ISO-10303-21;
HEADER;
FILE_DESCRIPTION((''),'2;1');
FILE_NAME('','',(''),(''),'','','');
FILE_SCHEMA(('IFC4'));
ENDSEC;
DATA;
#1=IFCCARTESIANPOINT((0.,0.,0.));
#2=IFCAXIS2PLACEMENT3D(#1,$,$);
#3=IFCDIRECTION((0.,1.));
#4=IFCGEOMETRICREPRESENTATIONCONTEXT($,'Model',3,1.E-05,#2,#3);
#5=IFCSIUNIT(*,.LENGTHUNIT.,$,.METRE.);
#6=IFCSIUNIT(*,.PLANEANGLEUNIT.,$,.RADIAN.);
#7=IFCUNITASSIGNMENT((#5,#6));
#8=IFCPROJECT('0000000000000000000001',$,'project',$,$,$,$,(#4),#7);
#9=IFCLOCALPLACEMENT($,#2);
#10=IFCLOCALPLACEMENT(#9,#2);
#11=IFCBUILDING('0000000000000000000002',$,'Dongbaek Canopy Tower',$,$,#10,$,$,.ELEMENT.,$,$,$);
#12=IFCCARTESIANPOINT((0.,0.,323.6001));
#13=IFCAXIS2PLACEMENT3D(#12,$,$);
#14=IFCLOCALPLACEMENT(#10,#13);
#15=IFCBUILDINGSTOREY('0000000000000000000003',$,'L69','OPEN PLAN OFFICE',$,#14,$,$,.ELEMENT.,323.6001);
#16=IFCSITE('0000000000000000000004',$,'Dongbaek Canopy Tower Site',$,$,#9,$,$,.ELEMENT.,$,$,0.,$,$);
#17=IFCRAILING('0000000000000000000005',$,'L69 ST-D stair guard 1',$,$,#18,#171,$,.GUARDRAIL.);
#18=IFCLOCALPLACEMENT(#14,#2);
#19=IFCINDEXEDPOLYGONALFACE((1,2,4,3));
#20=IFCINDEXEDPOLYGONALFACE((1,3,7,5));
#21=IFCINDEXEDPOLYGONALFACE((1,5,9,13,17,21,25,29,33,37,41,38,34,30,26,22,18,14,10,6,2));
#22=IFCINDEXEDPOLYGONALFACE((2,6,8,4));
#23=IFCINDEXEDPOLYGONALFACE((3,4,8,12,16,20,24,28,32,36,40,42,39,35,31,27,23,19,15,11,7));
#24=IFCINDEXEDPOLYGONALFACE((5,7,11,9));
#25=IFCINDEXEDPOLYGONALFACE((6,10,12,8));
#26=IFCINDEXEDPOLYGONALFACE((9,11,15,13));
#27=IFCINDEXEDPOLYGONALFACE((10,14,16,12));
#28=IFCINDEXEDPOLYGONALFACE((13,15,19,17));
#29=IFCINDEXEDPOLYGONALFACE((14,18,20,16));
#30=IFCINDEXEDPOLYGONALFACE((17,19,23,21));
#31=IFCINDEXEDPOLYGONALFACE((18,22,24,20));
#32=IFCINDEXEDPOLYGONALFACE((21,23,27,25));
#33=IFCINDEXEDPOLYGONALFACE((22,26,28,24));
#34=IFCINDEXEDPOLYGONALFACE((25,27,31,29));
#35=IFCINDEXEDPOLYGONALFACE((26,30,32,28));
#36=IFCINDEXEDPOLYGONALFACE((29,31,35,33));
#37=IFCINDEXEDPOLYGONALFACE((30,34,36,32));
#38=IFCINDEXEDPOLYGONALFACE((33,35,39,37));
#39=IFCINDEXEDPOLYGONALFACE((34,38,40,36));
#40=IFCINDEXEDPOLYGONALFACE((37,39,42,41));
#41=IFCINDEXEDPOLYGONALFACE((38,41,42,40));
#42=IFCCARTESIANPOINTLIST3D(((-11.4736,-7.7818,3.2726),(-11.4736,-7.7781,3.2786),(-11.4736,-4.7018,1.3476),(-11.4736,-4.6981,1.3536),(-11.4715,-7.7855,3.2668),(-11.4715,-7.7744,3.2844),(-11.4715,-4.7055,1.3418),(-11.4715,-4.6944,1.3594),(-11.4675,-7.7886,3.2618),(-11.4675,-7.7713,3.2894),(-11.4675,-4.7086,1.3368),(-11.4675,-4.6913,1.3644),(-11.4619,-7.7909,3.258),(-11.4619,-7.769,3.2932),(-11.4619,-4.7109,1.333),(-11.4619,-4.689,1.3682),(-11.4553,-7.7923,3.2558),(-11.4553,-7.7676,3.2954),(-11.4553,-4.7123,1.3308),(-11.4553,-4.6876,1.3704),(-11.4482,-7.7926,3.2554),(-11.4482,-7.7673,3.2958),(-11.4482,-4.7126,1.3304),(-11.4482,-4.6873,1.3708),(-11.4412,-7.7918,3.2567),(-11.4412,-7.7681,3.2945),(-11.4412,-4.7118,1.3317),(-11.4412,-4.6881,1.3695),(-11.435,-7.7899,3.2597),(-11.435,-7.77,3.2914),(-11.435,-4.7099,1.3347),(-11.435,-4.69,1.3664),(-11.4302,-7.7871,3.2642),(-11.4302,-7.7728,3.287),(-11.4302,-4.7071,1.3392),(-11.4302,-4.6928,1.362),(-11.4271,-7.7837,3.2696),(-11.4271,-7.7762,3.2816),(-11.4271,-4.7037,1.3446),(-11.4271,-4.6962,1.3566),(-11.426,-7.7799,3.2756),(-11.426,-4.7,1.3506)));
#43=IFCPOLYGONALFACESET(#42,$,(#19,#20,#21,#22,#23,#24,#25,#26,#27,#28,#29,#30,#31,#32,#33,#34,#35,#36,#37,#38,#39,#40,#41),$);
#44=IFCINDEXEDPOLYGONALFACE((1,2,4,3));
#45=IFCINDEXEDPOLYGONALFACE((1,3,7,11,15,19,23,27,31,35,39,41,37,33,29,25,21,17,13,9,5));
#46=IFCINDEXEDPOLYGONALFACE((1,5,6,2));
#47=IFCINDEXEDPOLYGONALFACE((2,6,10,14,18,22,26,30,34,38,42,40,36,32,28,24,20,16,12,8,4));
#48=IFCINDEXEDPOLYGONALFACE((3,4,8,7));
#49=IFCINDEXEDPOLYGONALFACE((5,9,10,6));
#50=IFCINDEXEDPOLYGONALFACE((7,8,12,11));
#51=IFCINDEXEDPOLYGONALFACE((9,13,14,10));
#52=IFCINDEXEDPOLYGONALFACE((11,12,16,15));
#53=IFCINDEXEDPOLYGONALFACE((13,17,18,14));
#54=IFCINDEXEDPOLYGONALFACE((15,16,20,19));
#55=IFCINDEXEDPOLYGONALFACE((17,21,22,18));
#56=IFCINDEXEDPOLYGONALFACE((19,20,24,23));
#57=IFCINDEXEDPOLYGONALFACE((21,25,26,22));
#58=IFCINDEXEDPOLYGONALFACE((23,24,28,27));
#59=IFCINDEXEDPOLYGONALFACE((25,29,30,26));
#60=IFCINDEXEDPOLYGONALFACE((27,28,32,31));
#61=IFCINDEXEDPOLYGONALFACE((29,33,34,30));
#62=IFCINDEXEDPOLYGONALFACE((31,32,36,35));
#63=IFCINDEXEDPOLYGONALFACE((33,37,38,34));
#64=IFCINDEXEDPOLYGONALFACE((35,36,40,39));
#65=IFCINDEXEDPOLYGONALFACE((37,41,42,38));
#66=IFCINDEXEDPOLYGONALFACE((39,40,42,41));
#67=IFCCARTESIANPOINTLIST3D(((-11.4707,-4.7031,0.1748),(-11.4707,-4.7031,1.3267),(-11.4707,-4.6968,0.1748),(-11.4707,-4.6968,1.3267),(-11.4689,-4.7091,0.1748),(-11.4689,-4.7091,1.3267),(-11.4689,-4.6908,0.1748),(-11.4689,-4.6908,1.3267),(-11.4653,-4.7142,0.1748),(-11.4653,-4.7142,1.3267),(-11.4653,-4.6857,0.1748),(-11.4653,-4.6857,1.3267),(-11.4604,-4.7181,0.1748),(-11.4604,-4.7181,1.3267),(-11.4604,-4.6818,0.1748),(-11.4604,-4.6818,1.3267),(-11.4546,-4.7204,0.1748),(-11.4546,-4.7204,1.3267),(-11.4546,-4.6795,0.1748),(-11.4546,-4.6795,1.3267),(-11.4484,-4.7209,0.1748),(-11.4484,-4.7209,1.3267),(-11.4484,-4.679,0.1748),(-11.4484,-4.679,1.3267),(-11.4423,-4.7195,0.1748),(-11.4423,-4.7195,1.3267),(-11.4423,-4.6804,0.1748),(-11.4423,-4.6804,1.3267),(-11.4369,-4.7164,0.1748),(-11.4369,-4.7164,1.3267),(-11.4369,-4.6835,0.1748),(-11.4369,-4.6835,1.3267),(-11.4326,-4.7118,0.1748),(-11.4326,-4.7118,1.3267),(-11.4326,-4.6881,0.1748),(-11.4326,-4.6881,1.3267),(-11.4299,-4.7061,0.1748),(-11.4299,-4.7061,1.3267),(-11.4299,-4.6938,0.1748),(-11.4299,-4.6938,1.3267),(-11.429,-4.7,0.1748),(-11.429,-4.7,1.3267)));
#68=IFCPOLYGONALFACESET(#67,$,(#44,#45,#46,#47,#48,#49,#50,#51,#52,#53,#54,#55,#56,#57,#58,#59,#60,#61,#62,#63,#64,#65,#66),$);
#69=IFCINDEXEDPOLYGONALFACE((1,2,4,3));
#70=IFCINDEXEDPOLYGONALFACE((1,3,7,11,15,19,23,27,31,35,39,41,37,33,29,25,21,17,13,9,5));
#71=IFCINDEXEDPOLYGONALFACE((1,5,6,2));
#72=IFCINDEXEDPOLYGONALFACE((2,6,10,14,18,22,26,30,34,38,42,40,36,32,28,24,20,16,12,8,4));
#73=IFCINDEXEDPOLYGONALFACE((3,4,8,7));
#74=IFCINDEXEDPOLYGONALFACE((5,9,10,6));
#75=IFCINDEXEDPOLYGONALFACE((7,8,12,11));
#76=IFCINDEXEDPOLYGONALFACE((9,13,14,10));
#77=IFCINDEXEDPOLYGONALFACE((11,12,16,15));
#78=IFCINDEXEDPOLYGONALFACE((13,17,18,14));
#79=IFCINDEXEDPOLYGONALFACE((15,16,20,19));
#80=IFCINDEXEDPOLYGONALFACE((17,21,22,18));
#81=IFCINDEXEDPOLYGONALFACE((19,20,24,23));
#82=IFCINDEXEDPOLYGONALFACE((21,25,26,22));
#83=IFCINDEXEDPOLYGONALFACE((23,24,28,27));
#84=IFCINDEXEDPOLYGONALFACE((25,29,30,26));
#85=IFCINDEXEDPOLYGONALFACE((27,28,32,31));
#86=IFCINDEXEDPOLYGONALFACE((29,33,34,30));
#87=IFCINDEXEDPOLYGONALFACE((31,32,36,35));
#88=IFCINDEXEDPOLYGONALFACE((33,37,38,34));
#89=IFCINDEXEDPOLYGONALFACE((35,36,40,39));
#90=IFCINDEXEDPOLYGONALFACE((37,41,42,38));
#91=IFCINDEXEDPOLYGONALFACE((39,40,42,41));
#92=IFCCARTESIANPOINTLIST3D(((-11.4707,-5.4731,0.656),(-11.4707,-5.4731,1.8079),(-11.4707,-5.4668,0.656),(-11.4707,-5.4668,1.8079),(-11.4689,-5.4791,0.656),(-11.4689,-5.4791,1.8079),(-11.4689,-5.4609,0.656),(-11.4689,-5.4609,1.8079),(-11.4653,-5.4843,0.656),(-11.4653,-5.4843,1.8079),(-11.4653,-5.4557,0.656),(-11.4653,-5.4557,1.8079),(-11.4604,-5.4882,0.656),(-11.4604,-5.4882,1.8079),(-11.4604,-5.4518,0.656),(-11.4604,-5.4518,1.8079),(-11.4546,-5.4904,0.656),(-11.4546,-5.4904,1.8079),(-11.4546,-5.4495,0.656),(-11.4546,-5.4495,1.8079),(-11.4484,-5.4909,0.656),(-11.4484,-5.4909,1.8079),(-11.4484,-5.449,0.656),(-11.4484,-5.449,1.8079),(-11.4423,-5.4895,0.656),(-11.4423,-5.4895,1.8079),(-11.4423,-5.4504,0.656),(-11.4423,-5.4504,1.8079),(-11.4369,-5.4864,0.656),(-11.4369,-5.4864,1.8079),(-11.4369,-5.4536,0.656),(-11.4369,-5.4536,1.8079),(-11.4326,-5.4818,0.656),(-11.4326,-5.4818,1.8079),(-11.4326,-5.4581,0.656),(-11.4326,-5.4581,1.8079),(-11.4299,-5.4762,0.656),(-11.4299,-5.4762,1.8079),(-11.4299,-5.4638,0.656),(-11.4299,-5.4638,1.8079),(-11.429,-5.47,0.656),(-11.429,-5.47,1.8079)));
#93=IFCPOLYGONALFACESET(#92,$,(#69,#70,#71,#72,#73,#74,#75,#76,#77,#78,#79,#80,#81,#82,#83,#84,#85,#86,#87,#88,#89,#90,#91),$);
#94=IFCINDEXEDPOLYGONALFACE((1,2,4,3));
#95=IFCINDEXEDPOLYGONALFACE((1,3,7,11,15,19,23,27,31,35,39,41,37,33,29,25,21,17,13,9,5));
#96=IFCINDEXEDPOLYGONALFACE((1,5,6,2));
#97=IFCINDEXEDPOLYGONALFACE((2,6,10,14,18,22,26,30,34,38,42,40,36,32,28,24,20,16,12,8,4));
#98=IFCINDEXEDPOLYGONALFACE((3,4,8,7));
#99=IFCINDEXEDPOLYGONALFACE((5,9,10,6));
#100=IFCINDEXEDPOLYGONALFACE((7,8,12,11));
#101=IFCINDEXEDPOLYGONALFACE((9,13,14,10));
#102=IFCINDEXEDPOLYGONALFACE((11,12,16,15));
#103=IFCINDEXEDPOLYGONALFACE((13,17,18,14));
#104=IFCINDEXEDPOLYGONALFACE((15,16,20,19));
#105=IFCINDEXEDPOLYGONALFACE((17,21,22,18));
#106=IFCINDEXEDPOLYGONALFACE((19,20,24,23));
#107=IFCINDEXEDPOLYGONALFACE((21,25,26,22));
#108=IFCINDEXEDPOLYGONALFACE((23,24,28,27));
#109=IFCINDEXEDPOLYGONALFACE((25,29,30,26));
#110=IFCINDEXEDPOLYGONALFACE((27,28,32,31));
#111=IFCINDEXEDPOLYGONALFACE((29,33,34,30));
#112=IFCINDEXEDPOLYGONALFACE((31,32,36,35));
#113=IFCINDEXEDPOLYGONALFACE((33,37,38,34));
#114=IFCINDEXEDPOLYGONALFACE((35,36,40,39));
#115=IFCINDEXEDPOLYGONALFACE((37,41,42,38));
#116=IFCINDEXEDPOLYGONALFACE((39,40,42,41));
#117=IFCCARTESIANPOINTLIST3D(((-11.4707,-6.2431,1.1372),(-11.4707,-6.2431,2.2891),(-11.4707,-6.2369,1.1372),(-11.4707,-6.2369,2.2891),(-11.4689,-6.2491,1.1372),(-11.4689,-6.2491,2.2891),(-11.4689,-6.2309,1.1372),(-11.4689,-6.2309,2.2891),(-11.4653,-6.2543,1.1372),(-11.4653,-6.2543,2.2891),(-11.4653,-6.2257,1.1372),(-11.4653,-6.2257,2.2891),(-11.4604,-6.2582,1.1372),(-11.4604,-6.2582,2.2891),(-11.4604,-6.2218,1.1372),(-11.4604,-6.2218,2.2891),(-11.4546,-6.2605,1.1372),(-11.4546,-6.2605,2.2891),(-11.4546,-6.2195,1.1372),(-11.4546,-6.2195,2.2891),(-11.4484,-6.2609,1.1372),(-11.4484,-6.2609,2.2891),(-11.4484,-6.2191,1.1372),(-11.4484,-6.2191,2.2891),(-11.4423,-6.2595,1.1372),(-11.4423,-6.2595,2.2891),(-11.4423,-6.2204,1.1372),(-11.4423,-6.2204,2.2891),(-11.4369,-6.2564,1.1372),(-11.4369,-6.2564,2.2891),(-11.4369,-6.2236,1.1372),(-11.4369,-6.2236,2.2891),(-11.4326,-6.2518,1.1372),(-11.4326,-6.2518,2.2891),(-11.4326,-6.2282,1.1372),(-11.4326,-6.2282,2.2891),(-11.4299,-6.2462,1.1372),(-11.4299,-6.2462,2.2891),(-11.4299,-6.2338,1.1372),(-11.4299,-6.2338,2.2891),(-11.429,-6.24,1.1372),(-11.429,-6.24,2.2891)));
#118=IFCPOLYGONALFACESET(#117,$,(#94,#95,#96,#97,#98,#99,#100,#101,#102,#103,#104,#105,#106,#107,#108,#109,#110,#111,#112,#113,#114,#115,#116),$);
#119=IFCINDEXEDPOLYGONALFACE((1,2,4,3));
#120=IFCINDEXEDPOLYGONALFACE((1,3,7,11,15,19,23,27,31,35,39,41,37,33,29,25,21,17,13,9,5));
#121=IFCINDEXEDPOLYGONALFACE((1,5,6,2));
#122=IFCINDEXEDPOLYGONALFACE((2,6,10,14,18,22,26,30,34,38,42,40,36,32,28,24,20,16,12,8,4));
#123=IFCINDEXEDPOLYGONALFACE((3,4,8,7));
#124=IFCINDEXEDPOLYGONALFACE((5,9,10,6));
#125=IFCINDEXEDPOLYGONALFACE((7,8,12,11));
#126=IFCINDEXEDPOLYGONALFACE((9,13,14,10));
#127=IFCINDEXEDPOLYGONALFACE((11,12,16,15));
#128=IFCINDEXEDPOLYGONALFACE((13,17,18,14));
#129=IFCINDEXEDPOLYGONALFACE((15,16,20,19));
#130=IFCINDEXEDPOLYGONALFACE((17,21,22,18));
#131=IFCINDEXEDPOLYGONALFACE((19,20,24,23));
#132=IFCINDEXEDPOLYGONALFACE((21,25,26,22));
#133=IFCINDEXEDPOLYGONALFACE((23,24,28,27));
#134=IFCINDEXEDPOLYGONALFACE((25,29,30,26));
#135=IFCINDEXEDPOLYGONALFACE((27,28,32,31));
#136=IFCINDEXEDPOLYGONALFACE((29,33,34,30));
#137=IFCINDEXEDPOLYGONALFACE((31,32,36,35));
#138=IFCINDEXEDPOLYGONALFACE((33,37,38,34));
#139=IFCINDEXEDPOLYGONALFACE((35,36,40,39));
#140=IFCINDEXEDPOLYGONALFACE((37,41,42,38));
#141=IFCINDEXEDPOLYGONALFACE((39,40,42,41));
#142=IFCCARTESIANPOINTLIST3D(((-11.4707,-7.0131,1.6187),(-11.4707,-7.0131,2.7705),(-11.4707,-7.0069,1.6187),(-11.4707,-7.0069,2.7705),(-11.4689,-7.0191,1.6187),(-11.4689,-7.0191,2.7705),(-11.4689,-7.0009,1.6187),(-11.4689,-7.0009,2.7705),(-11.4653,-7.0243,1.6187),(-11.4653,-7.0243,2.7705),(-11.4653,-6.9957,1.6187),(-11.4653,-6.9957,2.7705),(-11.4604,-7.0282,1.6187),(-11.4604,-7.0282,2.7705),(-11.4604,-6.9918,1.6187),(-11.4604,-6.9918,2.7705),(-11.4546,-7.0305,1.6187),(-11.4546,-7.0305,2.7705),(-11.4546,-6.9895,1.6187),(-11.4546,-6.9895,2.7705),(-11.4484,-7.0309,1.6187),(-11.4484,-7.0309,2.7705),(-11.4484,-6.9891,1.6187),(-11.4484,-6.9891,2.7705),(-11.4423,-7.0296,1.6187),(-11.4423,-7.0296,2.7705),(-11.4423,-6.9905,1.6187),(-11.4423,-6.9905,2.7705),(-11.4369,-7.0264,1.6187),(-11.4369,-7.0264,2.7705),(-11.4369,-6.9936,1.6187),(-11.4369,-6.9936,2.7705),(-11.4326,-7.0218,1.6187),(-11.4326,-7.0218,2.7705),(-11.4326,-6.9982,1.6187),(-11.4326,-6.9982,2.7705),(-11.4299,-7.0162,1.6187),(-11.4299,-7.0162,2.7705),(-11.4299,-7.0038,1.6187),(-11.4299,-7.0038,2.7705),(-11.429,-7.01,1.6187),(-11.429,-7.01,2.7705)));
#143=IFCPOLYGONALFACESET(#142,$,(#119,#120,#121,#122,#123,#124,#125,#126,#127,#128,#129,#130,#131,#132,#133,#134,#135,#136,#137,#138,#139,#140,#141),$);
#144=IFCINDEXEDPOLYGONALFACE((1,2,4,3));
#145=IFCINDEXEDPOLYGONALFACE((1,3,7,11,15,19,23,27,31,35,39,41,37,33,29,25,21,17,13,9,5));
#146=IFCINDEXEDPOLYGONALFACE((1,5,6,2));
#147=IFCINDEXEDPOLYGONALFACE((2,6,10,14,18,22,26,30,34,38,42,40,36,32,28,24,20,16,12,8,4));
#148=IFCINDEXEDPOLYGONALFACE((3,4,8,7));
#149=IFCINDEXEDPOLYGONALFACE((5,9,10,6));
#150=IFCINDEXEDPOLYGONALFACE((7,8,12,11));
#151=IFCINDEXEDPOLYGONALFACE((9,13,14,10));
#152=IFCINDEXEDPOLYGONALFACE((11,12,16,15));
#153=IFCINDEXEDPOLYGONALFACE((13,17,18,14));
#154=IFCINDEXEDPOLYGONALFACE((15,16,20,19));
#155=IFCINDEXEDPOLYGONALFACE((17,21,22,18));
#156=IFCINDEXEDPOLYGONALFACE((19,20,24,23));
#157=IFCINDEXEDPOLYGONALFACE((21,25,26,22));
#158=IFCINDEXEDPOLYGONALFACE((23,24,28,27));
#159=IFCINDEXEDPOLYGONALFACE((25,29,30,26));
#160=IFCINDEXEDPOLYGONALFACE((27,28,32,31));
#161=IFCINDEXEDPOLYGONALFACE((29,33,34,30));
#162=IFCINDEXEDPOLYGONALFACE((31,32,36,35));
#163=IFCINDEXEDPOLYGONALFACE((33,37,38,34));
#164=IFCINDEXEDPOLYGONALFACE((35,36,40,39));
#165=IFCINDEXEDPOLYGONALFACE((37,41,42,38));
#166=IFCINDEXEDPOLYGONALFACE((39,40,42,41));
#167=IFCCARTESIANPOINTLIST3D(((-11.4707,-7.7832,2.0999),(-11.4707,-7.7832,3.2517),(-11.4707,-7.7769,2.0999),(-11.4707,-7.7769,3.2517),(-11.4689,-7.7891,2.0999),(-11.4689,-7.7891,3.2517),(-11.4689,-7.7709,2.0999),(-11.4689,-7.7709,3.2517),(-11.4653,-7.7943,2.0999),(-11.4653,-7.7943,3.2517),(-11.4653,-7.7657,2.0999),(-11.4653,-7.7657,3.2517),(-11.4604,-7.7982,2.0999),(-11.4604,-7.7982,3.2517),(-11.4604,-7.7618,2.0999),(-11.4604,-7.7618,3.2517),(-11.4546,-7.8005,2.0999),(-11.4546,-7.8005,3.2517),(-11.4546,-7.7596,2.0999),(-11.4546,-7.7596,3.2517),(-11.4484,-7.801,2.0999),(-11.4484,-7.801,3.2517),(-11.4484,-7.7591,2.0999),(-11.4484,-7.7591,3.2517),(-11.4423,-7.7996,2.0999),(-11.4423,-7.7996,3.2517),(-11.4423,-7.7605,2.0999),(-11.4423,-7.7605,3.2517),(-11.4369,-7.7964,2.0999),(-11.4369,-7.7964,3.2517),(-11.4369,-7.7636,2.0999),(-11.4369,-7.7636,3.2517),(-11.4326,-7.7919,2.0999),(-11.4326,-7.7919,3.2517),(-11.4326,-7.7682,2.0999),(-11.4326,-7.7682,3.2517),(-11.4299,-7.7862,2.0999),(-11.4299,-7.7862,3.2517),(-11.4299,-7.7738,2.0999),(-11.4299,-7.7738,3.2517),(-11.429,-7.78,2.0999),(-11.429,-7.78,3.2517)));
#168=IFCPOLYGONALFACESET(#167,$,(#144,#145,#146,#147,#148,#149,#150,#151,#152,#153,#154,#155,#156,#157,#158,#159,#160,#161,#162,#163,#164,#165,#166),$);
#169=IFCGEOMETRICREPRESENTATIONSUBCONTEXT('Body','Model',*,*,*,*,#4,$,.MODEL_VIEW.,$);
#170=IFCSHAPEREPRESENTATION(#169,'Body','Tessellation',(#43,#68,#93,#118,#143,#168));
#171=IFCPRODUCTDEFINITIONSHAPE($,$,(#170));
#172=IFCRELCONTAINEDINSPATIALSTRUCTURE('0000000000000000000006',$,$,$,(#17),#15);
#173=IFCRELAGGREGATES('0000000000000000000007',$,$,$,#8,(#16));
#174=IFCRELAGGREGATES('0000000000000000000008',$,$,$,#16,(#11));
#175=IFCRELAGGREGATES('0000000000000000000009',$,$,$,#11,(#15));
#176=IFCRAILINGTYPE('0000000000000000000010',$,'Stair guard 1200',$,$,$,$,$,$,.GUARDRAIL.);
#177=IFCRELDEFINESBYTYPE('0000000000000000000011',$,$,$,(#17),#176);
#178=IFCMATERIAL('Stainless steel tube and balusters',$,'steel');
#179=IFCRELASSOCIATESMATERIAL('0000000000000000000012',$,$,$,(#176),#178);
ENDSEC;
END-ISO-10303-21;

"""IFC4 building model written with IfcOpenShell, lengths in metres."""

from ifc_helpers import new_model, si_unit, direction, frame, origin, origin_2d, place, context, subcontext, project, spatial, circle, extrude, material, type_object, element, save


model = new_model("IFC4")

# Units and contexts
model_context = context("Model", 3, precision=1e-05, world=origin(), true_north=direction((0.0, 1.0)))
body_context = subcontext(model_context, "Body", "Model", "MODEL_VIEW")
ifc_project = project(units=[si_unit("LENGTHUNIT", "METRE"), si_unit("PLANEANGLEUNIT", "RADIAN")], contexts=[model_context])

# Site, building, storey
site_placement = place(None, origin())
site = spatial("IfcSite", under=ifc_project, at=site_placement, Name="Dongbaek Canopy Tower Site", CompositionType="ELEMENT", RefElevation=0.0)
building_placement = place(site_placement, origin())
building = spatial("IfcBuilding", under=site, at=building_placement, Name="Dongbaek Canopy Tower", CompositionType="ELEMENT")
storey_placement = place(building_placement, frame((0.0, 0.0, 323.6001)))
storey = spatial("IfcBuildingStorey", under=building, at=storey_placement, Name="L69", Description="OPEN PLAN OFFICE", CompositionType="ELEMENT", Elevation=323.6001)

# Railing
ifc_material_1 = material(Name="Stainless steel tube and balusters", Category="steel")
railing_type_1 = type_object("IfcRailingType", Name="Stair guard 1200", PredefinedType="GUARDRAIL", material=ifc_material_1)
railing_1_placement = place(storey_placement, frame((-11.45, -4.7, 0.1748)))
element("IfcRailing", 1, at=railing_1_placement, inside=storey, type_object=railing_type_1, Name="L69 ST-D stair guard 1", PredefinedType="GUARDRAIL", context=body_context, shape_type="SweptSolid", body=[
    extrude(circle(Radius=0.0239, at=origin_2d()), frame((0.0, 0.0, 1.1758), z_axis=(0.0, -0.847998, 0.529999), x_axis=(1.0, 0.0, 0.0)), (0.0, 0.0, 1.0), 3.6321),
    extrude(circle(Radius=0.021, at=origin_2d()), origin(), (0.0, 0.0, 1.0), 1.1519),
    extrude(circle(Radius=0.021, at=origin_2d()), frame((0.0, -0.77, 0.4812)), (0.0, 0.0, 1.0), 1.1519),
    extrude(circle(Radius=0.021, at=origin_2d()), frame((0.0, -1.54, 0.9624)), (0.0, 0.0, 1.0), 1.1519),
    extrude(circle(Radius=0.021, at=origin_2d()), frame((0.0, -2.3101, 1.4438)), (0.0, 0.0, 1.0), 1.1519),
    extrude(circle(Radius=0.021, at=origin_2d()), frame((0.0, -3.0801, 1.925)), (0.0, 0.0, 1.0), 1.1519),
])

save(model, "model.ifc")
